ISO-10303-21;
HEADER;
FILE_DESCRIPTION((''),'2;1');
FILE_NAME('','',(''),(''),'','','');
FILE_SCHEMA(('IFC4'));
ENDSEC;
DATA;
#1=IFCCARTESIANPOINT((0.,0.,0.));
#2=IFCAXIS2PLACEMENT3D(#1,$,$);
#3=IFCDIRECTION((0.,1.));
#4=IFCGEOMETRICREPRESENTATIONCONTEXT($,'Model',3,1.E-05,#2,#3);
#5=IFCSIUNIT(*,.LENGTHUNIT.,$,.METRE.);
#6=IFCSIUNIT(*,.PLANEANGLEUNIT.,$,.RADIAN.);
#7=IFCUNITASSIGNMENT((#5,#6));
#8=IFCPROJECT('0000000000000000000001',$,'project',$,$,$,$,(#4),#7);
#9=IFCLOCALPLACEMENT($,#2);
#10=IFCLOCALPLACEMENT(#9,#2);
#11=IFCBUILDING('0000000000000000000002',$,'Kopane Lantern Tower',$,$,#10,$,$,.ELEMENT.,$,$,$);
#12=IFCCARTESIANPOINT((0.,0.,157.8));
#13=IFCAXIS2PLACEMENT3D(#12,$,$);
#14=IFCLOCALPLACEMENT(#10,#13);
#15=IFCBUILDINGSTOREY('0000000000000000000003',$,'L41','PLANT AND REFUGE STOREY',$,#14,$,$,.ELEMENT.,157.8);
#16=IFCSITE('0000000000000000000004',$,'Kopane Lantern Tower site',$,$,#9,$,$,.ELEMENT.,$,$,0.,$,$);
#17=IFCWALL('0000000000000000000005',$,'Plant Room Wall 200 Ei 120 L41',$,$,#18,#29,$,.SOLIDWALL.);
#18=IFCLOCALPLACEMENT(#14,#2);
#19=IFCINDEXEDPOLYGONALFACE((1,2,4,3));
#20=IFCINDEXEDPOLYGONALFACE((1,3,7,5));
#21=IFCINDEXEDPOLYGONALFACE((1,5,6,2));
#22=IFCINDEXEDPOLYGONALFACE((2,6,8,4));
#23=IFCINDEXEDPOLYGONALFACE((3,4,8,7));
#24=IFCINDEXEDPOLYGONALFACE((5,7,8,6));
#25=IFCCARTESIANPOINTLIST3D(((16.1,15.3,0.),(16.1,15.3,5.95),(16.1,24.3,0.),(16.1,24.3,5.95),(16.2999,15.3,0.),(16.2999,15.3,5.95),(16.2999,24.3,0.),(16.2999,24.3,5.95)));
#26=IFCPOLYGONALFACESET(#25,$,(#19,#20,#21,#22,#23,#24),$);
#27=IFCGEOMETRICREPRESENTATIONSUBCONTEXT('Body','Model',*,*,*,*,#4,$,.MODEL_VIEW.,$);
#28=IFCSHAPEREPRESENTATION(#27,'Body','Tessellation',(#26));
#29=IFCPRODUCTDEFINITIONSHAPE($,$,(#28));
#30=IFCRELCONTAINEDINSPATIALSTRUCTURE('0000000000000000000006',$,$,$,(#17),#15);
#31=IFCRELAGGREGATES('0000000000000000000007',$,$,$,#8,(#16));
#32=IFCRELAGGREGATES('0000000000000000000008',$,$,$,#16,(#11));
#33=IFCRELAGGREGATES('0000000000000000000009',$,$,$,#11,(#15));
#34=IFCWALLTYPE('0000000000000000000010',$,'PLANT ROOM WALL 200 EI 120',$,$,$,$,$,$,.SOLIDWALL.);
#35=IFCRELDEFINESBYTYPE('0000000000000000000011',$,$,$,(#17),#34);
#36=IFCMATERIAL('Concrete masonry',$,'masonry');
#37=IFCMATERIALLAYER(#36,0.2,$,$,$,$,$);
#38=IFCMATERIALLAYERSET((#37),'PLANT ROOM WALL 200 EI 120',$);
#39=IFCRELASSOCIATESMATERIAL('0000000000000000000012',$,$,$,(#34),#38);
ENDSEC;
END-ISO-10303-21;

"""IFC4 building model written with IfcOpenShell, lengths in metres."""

from ifc_helpers import new_model, si_unit, direction, frame, frame_2d, origin, place, context, subcontext, project, spatial, rectangle, extrude, material, layer, layer_set, type_object, element, save


model = new_model("IFC4")

# Units and contexts
model_context = context("Model", 3, precision=1e-05, world=origin(), true_north=direction((0.0, 1.0)))
body_context = subcontext(model_context, "Body", "Model", "MODEL_VIEW")
ifc_project = project(units=[si_unit("LENGTHUNIT", "METRE"), si_unit("PLANEANGLEUNIT", "RADIAN")], contexts=[model_context])

# Site, building, storey
site_placement = place(None, origin())
site = spatial("IfcSite", under=ifc_project, at=site_placement, Name="Kopane Lantern Tower site", CompositionType="ELEMENT", RefElevation=0.0)
building_placement = place(site_placement, origin())
building = spatial("IfcBuilding", under=site, at=building_placement, Name="Kopane Lantern Tower", CompositionType="ELEMENT")
storey_placement = place(building_placement, frame((0.0, 0.0, 157.8)))
storey = spatial("IfcBuildingStorey", under=building, at=storey_placement, Name="L41", Description="PLANT AND REFUGE STOREY", CompositionType="ELEMENT", Elevation=157.8)

# Wall
ifc_material_1 = material(Name="Concrete masonry", Category="masonry")
ifc_layer = layer(ifc_material_1, 0.2)
ifc_layer_set = layer_set([ifc_layer], Name="PLANT ROOM WALL 200 EI 120")
wall_type = type_object("IfcWallType", Name="PLANT ROOM WALL 200 EI 120", PredefinedType="SOLIDWALL", material=ifc_layer_set)
wall_placement = place(storey_placement, frame((16.2, 15.3, 0.0), z_axis=(0.0, 0.0, 1.0), x_axis=(0.0, 1.0, 0.0)))
element("IfcWall", 1, at=wall_placement, inside=storey, type_object=wall_type, Name="Plant Room Wall 200 Ei 120 L41", PredefinedType="SOLIDWALL", context=body_context, shape_type="SweptSolid", body=[
    extrude(rectangle(XDim=9.0, YDim=0.2, at=frame_2d((4.5, 0.0))), origin(), (0.0, 0.0, 1.0), 5.95),
])

save(model, "model.ifc")
